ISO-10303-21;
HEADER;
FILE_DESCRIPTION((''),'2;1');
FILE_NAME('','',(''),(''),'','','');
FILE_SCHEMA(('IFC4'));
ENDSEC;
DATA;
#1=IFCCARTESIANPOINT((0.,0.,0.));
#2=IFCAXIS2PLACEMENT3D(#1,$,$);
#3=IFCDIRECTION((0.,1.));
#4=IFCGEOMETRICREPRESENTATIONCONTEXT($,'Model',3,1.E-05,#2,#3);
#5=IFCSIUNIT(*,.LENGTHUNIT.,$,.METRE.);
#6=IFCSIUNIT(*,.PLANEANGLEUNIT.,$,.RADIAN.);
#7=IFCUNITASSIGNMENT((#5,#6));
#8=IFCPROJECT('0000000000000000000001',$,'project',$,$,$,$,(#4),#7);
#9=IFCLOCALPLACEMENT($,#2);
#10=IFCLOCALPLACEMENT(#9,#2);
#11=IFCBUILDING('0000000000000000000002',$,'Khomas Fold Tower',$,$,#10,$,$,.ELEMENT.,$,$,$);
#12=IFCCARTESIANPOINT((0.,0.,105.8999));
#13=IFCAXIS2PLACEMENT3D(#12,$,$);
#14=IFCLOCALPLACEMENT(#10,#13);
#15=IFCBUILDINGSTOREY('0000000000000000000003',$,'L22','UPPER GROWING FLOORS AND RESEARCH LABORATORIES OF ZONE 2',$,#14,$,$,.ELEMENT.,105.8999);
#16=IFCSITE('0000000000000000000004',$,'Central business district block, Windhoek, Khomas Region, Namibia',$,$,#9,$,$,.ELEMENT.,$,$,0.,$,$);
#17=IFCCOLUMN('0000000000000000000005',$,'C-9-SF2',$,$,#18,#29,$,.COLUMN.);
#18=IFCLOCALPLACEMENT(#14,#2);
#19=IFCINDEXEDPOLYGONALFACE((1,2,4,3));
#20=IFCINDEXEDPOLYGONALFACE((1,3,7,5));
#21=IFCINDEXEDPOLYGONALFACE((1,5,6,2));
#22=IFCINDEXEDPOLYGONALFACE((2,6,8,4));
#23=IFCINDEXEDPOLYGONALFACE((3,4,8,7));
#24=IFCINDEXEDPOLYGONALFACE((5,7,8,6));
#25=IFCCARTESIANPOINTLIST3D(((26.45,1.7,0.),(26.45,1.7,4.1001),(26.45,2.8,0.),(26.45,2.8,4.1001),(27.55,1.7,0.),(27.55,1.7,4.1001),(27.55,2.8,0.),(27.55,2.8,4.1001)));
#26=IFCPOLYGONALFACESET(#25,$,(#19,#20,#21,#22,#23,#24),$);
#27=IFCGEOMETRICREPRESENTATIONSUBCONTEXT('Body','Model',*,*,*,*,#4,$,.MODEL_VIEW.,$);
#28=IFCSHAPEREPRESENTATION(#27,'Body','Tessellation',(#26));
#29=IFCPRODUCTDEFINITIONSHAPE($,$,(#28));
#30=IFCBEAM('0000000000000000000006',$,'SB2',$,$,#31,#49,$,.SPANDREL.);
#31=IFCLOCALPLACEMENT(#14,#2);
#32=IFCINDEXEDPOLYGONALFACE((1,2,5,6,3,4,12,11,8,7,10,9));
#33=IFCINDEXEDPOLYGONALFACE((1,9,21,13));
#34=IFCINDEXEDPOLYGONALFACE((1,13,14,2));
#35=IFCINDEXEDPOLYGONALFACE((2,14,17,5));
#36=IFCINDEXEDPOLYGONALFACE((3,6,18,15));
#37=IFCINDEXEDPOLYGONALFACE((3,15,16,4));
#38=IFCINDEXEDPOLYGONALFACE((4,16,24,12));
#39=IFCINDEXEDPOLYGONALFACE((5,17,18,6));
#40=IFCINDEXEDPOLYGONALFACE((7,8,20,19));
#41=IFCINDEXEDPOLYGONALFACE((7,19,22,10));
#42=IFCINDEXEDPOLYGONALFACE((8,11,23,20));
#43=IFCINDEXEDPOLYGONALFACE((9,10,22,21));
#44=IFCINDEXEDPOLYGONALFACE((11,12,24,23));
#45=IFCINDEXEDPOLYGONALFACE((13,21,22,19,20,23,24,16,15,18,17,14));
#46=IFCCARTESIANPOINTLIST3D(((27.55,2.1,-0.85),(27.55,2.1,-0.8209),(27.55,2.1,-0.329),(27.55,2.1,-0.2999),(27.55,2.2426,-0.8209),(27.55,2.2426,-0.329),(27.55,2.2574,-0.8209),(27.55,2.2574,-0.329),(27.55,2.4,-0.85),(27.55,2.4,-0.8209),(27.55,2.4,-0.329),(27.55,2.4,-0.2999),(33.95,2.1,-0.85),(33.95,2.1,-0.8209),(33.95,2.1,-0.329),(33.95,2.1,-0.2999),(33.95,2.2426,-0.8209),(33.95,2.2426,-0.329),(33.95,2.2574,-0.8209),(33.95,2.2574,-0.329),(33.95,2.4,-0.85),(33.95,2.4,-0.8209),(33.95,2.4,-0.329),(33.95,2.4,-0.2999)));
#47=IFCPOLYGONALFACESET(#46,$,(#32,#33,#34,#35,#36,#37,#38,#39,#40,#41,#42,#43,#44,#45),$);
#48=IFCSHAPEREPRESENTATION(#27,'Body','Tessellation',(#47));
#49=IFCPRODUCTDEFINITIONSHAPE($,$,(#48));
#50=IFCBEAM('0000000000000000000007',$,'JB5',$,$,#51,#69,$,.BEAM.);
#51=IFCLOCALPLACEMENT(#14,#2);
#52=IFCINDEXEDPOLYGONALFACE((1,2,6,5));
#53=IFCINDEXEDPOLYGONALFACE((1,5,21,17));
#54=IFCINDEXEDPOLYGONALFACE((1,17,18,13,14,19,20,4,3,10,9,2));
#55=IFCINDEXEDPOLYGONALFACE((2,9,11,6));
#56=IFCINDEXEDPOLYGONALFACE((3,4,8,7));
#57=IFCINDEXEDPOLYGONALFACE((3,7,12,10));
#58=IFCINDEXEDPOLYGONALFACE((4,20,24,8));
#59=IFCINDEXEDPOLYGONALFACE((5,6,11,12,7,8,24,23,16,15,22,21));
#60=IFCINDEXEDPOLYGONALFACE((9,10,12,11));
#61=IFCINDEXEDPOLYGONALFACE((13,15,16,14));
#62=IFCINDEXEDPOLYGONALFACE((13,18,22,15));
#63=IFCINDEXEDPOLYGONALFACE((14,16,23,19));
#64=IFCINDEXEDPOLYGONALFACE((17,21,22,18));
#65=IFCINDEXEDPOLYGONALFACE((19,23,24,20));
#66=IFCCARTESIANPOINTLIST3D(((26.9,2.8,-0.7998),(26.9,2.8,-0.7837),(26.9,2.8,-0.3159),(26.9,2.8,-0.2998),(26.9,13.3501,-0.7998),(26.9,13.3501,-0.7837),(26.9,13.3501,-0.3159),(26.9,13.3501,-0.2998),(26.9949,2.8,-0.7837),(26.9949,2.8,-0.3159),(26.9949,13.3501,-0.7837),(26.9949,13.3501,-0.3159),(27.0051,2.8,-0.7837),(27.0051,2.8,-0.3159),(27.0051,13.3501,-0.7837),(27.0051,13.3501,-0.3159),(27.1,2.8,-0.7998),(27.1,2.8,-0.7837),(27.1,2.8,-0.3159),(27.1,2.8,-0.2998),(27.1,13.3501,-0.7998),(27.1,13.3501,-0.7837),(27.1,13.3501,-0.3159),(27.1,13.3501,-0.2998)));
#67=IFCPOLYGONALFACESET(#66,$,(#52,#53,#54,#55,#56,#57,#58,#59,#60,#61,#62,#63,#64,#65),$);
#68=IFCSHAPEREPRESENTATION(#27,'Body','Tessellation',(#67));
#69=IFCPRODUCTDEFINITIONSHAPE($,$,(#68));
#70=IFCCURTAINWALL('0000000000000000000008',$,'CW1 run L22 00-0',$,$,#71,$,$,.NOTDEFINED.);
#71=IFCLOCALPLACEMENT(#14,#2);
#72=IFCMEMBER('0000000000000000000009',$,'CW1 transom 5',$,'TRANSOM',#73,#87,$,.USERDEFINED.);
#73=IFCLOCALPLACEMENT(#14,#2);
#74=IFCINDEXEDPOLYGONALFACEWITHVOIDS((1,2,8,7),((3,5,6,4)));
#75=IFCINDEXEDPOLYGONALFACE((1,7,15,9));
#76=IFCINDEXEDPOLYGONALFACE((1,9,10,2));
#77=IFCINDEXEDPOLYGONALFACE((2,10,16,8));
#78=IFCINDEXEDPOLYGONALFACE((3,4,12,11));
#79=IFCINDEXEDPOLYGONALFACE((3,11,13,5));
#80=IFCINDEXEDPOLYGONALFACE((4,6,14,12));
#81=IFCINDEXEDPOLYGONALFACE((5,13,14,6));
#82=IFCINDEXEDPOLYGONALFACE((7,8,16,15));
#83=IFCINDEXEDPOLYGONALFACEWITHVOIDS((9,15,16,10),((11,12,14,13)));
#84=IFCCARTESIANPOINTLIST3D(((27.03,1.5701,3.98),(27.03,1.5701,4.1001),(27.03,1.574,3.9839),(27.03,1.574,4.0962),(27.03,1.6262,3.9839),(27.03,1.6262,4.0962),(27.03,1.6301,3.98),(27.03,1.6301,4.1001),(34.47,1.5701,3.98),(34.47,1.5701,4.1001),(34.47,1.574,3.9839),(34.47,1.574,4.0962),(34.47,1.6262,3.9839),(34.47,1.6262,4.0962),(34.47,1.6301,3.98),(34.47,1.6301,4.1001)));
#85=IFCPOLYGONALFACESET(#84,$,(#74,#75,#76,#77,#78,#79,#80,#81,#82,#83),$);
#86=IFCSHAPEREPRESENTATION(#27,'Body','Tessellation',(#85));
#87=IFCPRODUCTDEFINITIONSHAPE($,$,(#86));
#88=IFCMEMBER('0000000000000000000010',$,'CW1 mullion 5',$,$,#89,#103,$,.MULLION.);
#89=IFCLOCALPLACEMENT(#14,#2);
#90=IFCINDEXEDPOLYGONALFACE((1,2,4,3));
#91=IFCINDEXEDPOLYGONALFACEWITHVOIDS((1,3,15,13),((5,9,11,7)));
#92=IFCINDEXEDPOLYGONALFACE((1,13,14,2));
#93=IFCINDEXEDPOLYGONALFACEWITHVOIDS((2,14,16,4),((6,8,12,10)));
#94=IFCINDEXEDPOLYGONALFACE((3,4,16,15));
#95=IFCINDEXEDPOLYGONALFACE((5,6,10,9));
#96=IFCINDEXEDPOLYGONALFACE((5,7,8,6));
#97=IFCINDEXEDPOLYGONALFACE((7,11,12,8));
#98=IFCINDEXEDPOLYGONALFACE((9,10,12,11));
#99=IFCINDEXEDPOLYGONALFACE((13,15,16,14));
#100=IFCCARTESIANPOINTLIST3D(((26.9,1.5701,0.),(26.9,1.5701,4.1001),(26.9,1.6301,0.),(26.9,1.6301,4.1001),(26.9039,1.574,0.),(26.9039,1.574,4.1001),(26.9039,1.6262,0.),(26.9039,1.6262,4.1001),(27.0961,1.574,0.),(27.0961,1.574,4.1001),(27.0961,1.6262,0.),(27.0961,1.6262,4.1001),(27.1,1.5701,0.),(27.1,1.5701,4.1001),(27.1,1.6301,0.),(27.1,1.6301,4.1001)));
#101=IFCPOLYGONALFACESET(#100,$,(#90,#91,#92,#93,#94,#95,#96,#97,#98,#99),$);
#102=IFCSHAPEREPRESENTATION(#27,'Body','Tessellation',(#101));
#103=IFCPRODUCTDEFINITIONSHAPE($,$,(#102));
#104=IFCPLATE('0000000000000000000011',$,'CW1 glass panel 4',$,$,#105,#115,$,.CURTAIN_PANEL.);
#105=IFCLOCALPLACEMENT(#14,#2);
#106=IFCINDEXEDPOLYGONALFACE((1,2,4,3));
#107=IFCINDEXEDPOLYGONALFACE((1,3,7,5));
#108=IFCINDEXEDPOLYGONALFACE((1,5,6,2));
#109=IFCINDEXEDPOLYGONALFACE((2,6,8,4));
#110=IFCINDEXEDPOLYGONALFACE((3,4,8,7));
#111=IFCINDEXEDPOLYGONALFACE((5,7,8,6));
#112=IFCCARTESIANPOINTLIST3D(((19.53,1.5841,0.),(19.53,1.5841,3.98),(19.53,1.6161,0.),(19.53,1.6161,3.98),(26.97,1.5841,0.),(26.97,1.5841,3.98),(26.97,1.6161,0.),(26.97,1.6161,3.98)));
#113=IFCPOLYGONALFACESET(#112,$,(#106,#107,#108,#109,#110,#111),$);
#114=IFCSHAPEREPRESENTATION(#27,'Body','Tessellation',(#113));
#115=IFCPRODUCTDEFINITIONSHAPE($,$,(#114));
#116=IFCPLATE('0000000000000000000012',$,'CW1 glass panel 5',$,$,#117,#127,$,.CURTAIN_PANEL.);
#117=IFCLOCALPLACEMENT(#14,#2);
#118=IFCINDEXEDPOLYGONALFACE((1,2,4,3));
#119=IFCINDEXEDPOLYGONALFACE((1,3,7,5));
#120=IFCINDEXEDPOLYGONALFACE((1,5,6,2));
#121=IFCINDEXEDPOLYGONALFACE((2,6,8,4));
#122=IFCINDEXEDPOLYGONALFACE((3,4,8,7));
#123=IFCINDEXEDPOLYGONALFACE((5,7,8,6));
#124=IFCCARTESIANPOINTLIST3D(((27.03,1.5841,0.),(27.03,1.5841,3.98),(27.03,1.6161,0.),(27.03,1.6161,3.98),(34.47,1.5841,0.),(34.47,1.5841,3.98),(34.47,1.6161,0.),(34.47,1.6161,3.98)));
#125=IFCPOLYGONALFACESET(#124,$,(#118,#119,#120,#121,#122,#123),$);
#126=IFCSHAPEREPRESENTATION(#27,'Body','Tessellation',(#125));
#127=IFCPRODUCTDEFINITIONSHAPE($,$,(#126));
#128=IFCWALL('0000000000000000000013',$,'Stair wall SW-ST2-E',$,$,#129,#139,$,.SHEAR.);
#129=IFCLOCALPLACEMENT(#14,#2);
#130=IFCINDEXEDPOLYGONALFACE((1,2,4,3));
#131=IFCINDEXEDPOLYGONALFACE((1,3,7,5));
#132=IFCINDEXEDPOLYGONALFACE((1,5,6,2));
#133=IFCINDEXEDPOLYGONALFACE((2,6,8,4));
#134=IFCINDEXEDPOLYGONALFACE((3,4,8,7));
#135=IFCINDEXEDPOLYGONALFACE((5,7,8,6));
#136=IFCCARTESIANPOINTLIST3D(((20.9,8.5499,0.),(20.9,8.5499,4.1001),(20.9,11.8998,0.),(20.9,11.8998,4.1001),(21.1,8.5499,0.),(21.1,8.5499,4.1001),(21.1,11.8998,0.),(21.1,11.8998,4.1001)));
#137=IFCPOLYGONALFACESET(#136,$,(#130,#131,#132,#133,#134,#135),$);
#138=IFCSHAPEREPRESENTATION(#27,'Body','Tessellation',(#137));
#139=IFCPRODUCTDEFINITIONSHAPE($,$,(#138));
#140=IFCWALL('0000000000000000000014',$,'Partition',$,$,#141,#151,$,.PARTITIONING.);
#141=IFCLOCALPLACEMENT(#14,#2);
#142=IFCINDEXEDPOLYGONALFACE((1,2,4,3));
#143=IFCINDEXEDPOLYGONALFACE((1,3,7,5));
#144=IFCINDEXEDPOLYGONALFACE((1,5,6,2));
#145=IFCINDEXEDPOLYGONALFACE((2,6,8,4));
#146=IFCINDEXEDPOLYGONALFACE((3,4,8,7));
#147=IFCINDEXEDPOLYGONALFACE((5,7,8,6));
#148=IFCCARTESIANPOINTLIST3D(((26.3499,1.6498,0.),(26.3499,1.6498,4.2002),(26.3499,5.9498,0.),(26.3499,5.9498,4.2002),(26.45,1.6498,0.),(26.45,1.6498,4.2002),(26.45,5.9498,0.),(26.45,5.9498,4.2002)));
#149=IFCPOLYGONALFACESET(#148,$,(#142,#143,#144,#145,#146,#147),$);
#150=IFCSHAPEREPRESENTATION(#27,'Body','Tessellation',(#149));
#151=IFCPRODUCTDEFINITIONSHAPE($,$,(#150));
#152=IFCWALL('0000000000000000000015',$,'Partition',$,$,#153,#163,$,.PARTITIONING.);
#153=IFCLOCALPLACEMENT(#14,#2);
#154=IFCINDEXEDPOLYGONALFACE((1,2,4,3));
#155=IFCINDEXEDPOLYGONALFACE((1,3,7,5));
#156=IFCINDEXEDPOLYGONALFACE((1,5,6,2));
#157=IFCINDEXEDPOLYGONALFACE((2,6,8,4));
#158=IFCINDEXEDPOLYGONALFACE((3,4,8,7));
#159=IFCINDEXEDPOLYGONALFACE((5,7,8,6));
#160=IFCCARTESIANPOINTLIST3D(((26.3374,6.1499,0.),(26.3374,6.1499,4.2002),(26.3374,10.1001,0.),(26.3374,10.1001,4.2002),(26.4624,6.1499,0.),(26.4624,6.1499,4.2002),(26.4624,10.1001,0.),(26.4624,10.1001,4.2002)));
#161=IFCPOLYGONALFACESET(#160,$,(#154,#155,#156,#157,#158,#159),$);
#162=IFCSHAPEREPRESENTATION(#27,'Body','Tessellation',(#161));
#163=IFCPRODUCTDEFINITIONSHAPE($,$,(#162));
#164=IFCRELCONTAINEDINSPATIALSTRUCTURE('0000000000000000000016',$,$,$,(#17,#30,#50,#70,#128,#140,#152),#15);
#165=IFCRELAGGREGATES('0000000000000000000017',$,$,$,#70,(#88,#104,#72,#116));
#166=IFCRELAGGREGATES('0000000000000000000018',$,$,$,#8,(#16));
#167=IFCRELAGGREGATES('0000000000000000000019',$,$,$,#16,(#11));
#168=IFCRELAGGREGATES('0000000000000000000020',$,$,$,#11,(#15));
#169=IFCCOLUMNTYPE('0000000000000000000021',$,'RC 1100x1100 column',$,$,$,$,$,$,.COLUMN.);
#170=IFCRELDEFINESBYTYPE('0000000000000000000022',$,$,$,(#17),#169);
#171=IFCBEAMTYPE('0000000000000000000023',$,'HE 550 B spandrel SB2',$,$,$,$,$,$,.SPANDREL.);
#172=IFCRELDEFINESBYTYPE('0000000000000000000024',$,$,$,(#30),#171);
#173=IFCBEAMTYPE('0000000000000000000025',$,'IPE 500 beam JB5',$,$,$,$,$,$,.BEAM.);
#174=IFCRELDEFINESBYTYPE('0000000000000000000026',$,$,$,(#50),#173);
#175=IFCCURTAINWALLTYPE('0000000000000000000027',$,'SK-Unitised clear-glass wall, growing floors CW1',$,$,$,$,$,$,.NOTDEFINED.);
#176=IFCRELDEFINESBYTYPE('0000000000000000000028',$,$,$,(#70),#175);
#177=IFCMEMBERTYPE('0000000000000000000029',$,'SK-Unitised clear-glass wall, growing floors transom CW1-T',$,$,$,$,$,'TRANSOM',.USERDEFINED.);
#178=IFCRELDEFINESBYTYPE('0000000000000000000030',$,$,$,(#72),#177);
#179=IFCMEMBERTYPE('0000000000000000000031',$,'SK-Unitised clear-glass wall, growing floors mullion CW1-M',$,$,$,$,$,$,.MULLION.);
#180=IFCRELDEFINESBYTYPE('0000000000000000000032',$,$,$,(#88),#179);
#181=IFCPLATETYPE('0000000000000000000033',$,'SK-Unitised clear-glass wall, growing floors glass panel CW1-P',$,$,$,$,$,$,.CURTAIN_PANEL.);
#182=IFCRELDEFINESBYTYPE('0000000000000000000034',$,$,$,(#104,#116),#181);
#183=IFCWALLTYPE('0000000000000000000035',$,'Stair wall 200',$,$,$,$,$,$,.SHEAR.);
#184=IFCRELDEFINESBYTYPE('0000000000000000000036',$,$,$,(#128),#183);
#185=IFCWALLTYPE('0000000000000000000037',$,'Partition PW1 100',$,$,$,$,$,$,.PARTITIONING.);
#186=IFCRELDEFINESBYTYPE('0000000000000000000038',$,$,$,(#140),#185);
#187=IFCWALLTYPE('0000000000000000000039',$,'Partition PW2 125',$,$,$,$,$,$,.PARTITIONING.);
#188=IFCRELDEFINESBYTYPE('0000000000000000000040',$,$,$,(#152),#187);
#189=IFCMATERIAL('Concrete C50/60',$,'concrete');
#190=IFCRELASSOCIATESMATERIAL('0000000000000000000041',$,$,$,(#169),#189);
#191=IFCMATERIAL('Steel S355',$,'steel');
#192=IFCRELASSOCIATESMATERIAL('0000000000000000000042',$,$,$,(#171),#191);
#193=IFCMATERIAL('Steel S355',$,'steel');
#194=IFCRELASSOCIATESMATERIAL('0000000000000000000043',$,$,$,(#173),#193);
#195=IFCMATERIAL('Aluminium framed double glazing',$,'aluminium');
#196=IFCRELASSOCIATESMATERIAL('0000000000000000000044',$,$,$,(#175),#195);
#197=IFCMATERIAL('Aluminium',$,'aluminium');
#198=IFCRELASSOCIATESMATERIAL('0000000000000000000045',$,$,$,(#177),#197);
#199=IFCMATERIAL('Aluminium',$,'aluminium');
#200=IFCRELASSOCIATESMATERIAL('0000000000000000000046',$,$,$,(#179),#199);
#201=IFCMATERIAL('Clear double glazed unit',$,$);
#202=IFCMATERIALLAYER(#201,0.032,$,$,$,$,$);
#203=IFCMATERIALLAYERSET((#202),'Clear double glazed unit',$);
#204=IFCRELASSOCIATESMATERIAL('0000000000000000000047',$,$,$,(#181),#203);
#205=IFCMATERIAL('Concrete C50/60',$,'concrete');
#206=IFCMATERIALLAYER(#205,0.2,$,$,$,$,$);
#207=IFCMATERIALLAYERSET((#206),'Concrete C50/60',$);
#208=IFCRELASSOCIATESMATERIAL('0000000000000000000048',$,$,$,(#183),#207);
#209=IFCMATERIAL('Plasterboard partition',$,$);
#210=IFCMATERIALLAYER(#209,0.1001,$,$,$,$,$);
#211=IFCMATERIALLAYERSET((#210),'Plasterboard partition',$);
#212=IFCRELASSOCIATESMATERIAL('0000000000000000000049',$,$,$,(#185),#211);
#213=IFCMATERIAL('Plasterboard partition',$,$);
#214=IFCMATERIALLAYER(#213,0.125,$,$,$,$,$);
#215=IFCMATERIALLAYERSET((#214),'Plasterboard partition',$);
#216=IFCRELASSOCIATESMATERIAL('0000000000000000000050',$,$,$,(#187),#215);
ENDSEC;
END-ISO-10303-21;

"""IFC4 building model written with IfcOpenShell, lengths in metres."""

from ifc_helpers import new_model, si_unit, direction, frame, frame_2d, origin, origin_2d, place, context, subcontext, project, spatial, rectangle, hollow_rectangle, i_section, extrude, source, transform, mapped, material, layer, layer_set, material_profile, profile_set, type_object, element, aggregate, save


model = new_model("IFC4")

# Units and contexts
model_context = context("Model", 3, precision=1e-05, world=origin(), true_north=direction((0.0, 1.0)))
body_context = subcontext(model_context, "Body", "Model", "MODEL_VIEW")
ifc_project = project(units=[si_unit("LENGTHUNIT", "METRE"), si_unit("PLANEANGLEUNIT", "RADIAN")], contexts=[model_context])

# Site, building, storey
site_placement = place(None, origin())
site = spatial("IfcSite", under=ifc_project, at=site_placement, Name="Central business district block, Windhoek, Khomas Region, Namibia", CompositionType="ELEMENT", RefElevation=0.0)
building_placement = place(site_placement, origin())
building = spatial("IfcBuilding", under=site, at=building_placement, Name="Khomas Fold Tower", CompositionType="ELEMENT")
storey_placement = place(building_placement, frame((0.0, 0.0, 105.8999)))
storey = spatial("IfcBuildingStorey", under=building, at=storey_placement, Name="L22", Description="UPPER GROWING FLOORS AND RESEARCH LABORATORIES OF ZONE 2", CompositionType="ELEMENT", Elevation=105.8999)

# Column
ifc_material_1 = material(Name="Concrete C50/60", Category="concrete")
ifc_material_profile_1 = material_profile(ifc_material_1, rectangle(XDim=1.1001, YDim=1.1001, at=origin_2d()), Name="RC 1100x1100")
ifc_profile_set_1 = profile_set([ifc_material_profile_1], Name="Concrete C50/60")
column_type = type_object("IfcColumnType", Name="RC 1100x1100 column", PredefinedType="COLUMN", material=ifc_profile_set_1)
shared_shape_1 = source(origin(), body_context, "Body", "SweptSolid", [
    extrude(rectangle(XDim=1.1001, YDim=1.1001, at=origin_2d()), origin(), (0.0, 0.0, 1.0), 4.1001),
])
column_placement = place(storey_placement, frame((27.0, 2.25, 0.0), z_axis=(0.0, 0.0, 1.0), x_axis=(1.0, 0.0, 0.0)))
element("IfcColumn", 1, at=column_placement, inside=storey, type_object=column_type, Name="C-9-SF2", PredefinedType="COLUMN", context=body_context, shape_type="MappedRepresentation", body=[
    mapped(shared_shape_1, transform((0.0, 0.0, 0.0))),
])

# Beams
ifc_material_2 = material(Name="Steel S355", Category="steel")
ifc_material_profile_2 = material_profile(ifc_material_2, i_section(OverallWidth=0.3, OverallDepth=0.55, WebThickness=0.0149, FlangeThickness=0.0291, at=origin_2d()), Name="HE 550 B")
ifc_profile_set_2 = profile_set([ifc_material_profile_2], Name="Steel S355")
beam_type_1 = type_object("IfcBeamType", Name="HE 550 B spandrel SB2", PredefinedType="SPANDREL", material=ifc_profile_set_2)
shared_shape_2 = source(origin(), body_context, "Body", "SweptSolid", [
    extrude(i_section(OverallWidth=0.3, OverallDepth=0.55, WebThickness=0.0149, FlangeThickness=0.0291, at=origin_2d()), origin(), (0.0, 0.0, 1.0), 6.3999),
])
beam_1_placement = place(storey_placement, frame((27.55, 2.25, -0.575), z_axis=(1.0, 0.0, 0.0), x_axis=(0.0, 1.0, 0.0)))
element("IfcBeam", 2, at=beam_1_placement, inside=storey, type_object=beam_type_1, Name="SB2", PredefinedType="SPANDREL", context=body_context, shape_type="MappedRepresentation", body=[
    mapped(shared_shape_2, transform((0.0, 0.0, 0.0))),
])
ifc_material_3 = material(Name="Steel S355", Category="steel")
ifc_material_profile_3 = material_profile(ifc_material_3, i_section(OverallWidth=0.2, OverallDepth=0.5, WebThickness=0.0103, FlangeThickness=0.0161, at=origin_2d()), Name="IPE 500")
ifc_profile_set_3 = profile_set([ifc_material_profile_3], Name="Steel S355")
beam_type_2 = type_object("IfcBeamType", Name="IPE 500 beam JB5", PredefinedType="BEAM", material=ifc_profile_set_3)
shared_shape_3 = source(origin(), body_context, "Body", "SweptSolid", [
    extrude(i_section(OverallWidth=0.2, OverallDepth=0.5, WebThickness=0.0103, FlangeThickness=0.0161, at=origin_2d()), origin(), (0.0, 0.0, 1.0), 10.55),
])
beam_2_placement = place(storey_placement, frame((27.0, 2.8, -0.5498), z_axis=(0.0, 1.0, 0.0), x_axis=(-1.0, 0.0, 0.0)))
element("IfcBeam", 3, at=beam_2_placement, inside=storey, type_object=beam_type_2, Name="JB5", PredefinedType="BEAM", context=body_context, shape_type="MappedRepresentation", body=[
    mapped(shared_shape_3, transform((0.0, 0.0, 0.0))),
])

# Curtain wall, members, plates
ifc_material_4 = material(Name="Aluminium framed double glazing", Category="aluminium")
curtain_wall_type = type_object("IfcCurtainWallType", Name="SK-Unitised clear-glass wall, growing floors CW1", PredefinedType="NOTDEFINED", material=ifc_material_4)
curtain_wall_placement = place(storey_placement, origin())
curtain_wall = element("IfcCurtainWall", 4, at=curtain_wall_placement, inside=storey, type_object=curtain_wall_type, Name="CW1 run L22 00-0", PredefinedType="NOTDEFINED")
ifc_material_5 = material(Name="Aluminium", Category="aluminium")
ifc_material_profile_4 = material_profile(ifc_material_5, hollow_rectangle(XDim=0.0601, YDim=0.1201, WallThickness=0.0039, at=origin_2d()), Name="SK-Unitised clear-glass wall, growing floors transom CW1-T")
ifc_profile_set_4 = profile_set([ifc_material_profile_4], Name="Aluminium")
member_type_1 = type_object("IfcMemberType", Name="SK-Unitised clear-glass wall, growing floors transom CW1-T", ElementType="TRANSOM", PredefinedType="USERDEFINED", material=ifc_profile_set_4)
shared_shape_4 = source(origin(), body_context, "Body", "SweptSolid", [
    extrude(hollow_rectangle(XDim=0.0601, YDim=0.1201, WallThickness=0.0039, at=origin_2d()), origin(), (0.0, 0.0, 1.0), 7.4399),
])
member_1_placement = place(storey_placement, frame((27.03, 1.6001, 4.04), z_axis=(1.0, 0.0, 0.0), x_axis=(0.0, 1.0, 0.0)))
member_1 = element("IfcMember", 5, at=member_1_placement, type_object=member_type_1, Name="CW1 transom 5", ObjectType="TRANSOM", PredefinedType="USERDEFINED", context=body_context, shape_type="MappedRepresentation", body=[
    mapped(shared_shape_4, transform((0.0, 0.0, 0.0))),
])
ifc_material_6 = material(Name="Aluminium", Category="aluminium")
ifc_material_profile_5 = material_profile(ifc_material_6, hollow_rectangle(XDim=0.0601, YDim=0.2, WallThickness=0.0039, at=origin_2d()), Name="SK-Unitised clear-glass wall, growing floors mullion CW1-M")
ifc_profile_set_5 = profile_set([ifc_material_profile_5], Name="Aluminium")
member_type_2 = type_object("IfcMemberType", Name="SK-Unitised clear-glass wall, growing floors mullion CW1-M", PredefinedType="MULLION", material=ifc_profile_set_5)
shared_shape_5 = source(origin(), body_context, "Body", "SweptSolid", [
    extrude(hollow_rectangle(XDim=0.0601, YDim=0.2, WallThickness=0.0039, at=origin_2d()), origin(), (0.0, 0.0, 1.0), 4.1001),
])
member_2_placement = place(storey_placement, frame((27.0, 1.6001, 0.0), z_axis=(0.0, 0.0, 1.0), x_axis=(0.0, 1.0, 0.0)))
member_2 = element("IfcMember", 6, at=member_2_placement, type_object=member_type_2, Name="CW1 mullion 5", PredefinedType="MULLION", context=body_context, shape_type="MappedRepresentation", body=[
    mapped(shared_shape_5, transform((0.0, 0.0, 0.0))),
])
ifc_material_7 = material(Name="Clear double glazed unit")
ifc_layer_1 = layer(ifc_material_7, 0.032)
ifc_layer_set_1 = layer_set([ifc_layer_1], Name="Clear double glazed unit")
plate_type = type_object("IfcPlateType", Name="SK-Unitised clear-glass wall, growing floors glass panel CW1-P", PredefinedType="CURTAIN_PANEL", material=ifc_layer_set_1)
shared_shape_6 = source(origin(), body_context, "Body", "SweptSolid", [
    extrude(rectangle(XDim=7.4399, YDim=0.032, at=origin_2d()), origin(), (0.0, 0.0, 1.0), 3.98),
])
plate_1_placement = place(storey_placement, frame((23.25, 1.6001, 0.0), z_axis=(0.0, 0.0, 1.0), x_axis=(1.0, 0.0, 0.0)))
plate_1 = element("IfcPlate", 7, at=plate_1_placement, type_object=plate_type, Name="CW1 glass panel 4", PredefinedType="CURTAIN_PANEL", context=body_context, shape_type="MappedRepresentation", body=[
    mapped(shared_shape_6, transform((0.0, 0.0, 0.0))),
])
plate_2_placement = place(storey_placement, frame((30.75, 1.6001, 0.0), z_axis=(0.0, 0.0, 1.0), x_axis=(1.0, 0.0, 0.0)))
plate_2 = element("IfcPlate", 8, at=plate_2_placement, type_object=plate_type, Name="CW1 glass panel 5", PredefinedType="CURTAIN_PANEL", context=body_context, shape_type="MappedRepresentation", body=[
    mapped(shared_shape_6, transform((0.0, 0.0, 0.0))),
])
aggregate(curtain_wall, [member_2, plate_1, member_1, plate_2])

# Walls
ifc_material_8 = material(Name="Concrete C50/60", Category="concrete")
ifc_layer_2 = layer(ifc_material_8, 0.2)
ifc_layer_set_2 = layer_set([ifc_layer_2], Name="Concrete C50/60")
wall_type_1 = type_object("IfcWallType", Name="Stair wall 200", PredefinedType="SHEAR", material=ifc_layer_set_2)
shared_shape_7 = source(origin(), body_context, "Body", "SweptSolid", [
    extrude(rectangle(XDim=3.3499, YDim=0.2, at=frame_2d((1.6748, 0.0))), origin(), (0.0, 0.0, 1.0), 4.1001),
])
wall_1_placement = place(storey_placement, frame((21.0, 8.55, 0.0), z_axis=(0.0, 0.0, 1.0), x_axis=(0.0, 1.0, 0.0)))
element("IfcWall", 9, at=wall_1_placement, inside=storey, type_object=wall_type_1, Name="Stair wall SW-ST2-E", PredefinedType="SHEAR", context=body_context, shape_type="MappedRepresentation", body=[
    mapped(shared_shape_7, transform((0.0, 0.0, 0.0))),
])
ifc_material_9 = material(Name="Plasterboard partition")
ifc_layer_3 = layer(ifc_material_9, 0.1001)
ifc_layer_set_3 = layer_set([ifc_layer_3], Name="Plasterboard partition")
wall_type_2 = type_object("IfcWallType", Name="Partition PW1 100", PredefinedType="PARTITIONING", material=ifc_layer_set_3)
shared_shape_8 = source(origin(), body_context, "Body", "SweptSolid", [
    extrude(rectangle(XDim=4.3, YDim=0.1001, at=frame_2d((2.1499, 0.0))), origin(), (0.0, 0.0, 1.0), 4.2002),
])
wall_2_placement = place(storey_placement, frame((26.3999, 1.6499, 0.0), z_axis=(0.0, 0.0, 1.0), x_axis=(0.0, 1.0, 0.0)))
element("IfcWall", 10, at=wall_2_placement, inside=storey, type_object=wall_type_2, Name="Partition", PredefinedType="PARTITIONING", context=body_context, shape_type="MappedRepresentation", body=[
    mapped(shared_shape_8, transform((0.0, 0.0, 0.0))),
])
ifc_material_10 = material(Name="Plasterboard partition")
ifc_layer_4 = layer(ifc_material_10, 0.125)
ifc_layer_set_4 = layer_set([ifc_layer_4], Name="Plasterboard partition")
wall_type_3 = type_object("IfcWallType", Name="Partition PW2 125", PredefinedType="PARTITIONING", material=ifc_layer_set_4)
shared_shape_9 = source(origin(), body_context, "Body", "SweptSolid", [
    extrude(rectangle(XDim=3.9502, YDim=0.125, at=frame_2d((1.9751, 0.0))), origin(), (0.0, 0.0, 1.0), 4.2002),
])
wall_3_placement = place(storey_placement, frame((26.3999, 6.1499, 0.0), z_axis=(0.0, 0.0, 1.0), x_axis=(0.0, 1.0, 0.0)))
element("IfcWall", 11, at=wall_3_placement, inside=storey, type_object=wall_type_3, Name="Partition", PredefinedType="PARTITIONING", context=body_context, shape_type="MappedRepresentation", body=[
    mapped(shared_shape_9, transform((0.0, 0.0, 0.0))),
])

save(model, "model.ifc")
